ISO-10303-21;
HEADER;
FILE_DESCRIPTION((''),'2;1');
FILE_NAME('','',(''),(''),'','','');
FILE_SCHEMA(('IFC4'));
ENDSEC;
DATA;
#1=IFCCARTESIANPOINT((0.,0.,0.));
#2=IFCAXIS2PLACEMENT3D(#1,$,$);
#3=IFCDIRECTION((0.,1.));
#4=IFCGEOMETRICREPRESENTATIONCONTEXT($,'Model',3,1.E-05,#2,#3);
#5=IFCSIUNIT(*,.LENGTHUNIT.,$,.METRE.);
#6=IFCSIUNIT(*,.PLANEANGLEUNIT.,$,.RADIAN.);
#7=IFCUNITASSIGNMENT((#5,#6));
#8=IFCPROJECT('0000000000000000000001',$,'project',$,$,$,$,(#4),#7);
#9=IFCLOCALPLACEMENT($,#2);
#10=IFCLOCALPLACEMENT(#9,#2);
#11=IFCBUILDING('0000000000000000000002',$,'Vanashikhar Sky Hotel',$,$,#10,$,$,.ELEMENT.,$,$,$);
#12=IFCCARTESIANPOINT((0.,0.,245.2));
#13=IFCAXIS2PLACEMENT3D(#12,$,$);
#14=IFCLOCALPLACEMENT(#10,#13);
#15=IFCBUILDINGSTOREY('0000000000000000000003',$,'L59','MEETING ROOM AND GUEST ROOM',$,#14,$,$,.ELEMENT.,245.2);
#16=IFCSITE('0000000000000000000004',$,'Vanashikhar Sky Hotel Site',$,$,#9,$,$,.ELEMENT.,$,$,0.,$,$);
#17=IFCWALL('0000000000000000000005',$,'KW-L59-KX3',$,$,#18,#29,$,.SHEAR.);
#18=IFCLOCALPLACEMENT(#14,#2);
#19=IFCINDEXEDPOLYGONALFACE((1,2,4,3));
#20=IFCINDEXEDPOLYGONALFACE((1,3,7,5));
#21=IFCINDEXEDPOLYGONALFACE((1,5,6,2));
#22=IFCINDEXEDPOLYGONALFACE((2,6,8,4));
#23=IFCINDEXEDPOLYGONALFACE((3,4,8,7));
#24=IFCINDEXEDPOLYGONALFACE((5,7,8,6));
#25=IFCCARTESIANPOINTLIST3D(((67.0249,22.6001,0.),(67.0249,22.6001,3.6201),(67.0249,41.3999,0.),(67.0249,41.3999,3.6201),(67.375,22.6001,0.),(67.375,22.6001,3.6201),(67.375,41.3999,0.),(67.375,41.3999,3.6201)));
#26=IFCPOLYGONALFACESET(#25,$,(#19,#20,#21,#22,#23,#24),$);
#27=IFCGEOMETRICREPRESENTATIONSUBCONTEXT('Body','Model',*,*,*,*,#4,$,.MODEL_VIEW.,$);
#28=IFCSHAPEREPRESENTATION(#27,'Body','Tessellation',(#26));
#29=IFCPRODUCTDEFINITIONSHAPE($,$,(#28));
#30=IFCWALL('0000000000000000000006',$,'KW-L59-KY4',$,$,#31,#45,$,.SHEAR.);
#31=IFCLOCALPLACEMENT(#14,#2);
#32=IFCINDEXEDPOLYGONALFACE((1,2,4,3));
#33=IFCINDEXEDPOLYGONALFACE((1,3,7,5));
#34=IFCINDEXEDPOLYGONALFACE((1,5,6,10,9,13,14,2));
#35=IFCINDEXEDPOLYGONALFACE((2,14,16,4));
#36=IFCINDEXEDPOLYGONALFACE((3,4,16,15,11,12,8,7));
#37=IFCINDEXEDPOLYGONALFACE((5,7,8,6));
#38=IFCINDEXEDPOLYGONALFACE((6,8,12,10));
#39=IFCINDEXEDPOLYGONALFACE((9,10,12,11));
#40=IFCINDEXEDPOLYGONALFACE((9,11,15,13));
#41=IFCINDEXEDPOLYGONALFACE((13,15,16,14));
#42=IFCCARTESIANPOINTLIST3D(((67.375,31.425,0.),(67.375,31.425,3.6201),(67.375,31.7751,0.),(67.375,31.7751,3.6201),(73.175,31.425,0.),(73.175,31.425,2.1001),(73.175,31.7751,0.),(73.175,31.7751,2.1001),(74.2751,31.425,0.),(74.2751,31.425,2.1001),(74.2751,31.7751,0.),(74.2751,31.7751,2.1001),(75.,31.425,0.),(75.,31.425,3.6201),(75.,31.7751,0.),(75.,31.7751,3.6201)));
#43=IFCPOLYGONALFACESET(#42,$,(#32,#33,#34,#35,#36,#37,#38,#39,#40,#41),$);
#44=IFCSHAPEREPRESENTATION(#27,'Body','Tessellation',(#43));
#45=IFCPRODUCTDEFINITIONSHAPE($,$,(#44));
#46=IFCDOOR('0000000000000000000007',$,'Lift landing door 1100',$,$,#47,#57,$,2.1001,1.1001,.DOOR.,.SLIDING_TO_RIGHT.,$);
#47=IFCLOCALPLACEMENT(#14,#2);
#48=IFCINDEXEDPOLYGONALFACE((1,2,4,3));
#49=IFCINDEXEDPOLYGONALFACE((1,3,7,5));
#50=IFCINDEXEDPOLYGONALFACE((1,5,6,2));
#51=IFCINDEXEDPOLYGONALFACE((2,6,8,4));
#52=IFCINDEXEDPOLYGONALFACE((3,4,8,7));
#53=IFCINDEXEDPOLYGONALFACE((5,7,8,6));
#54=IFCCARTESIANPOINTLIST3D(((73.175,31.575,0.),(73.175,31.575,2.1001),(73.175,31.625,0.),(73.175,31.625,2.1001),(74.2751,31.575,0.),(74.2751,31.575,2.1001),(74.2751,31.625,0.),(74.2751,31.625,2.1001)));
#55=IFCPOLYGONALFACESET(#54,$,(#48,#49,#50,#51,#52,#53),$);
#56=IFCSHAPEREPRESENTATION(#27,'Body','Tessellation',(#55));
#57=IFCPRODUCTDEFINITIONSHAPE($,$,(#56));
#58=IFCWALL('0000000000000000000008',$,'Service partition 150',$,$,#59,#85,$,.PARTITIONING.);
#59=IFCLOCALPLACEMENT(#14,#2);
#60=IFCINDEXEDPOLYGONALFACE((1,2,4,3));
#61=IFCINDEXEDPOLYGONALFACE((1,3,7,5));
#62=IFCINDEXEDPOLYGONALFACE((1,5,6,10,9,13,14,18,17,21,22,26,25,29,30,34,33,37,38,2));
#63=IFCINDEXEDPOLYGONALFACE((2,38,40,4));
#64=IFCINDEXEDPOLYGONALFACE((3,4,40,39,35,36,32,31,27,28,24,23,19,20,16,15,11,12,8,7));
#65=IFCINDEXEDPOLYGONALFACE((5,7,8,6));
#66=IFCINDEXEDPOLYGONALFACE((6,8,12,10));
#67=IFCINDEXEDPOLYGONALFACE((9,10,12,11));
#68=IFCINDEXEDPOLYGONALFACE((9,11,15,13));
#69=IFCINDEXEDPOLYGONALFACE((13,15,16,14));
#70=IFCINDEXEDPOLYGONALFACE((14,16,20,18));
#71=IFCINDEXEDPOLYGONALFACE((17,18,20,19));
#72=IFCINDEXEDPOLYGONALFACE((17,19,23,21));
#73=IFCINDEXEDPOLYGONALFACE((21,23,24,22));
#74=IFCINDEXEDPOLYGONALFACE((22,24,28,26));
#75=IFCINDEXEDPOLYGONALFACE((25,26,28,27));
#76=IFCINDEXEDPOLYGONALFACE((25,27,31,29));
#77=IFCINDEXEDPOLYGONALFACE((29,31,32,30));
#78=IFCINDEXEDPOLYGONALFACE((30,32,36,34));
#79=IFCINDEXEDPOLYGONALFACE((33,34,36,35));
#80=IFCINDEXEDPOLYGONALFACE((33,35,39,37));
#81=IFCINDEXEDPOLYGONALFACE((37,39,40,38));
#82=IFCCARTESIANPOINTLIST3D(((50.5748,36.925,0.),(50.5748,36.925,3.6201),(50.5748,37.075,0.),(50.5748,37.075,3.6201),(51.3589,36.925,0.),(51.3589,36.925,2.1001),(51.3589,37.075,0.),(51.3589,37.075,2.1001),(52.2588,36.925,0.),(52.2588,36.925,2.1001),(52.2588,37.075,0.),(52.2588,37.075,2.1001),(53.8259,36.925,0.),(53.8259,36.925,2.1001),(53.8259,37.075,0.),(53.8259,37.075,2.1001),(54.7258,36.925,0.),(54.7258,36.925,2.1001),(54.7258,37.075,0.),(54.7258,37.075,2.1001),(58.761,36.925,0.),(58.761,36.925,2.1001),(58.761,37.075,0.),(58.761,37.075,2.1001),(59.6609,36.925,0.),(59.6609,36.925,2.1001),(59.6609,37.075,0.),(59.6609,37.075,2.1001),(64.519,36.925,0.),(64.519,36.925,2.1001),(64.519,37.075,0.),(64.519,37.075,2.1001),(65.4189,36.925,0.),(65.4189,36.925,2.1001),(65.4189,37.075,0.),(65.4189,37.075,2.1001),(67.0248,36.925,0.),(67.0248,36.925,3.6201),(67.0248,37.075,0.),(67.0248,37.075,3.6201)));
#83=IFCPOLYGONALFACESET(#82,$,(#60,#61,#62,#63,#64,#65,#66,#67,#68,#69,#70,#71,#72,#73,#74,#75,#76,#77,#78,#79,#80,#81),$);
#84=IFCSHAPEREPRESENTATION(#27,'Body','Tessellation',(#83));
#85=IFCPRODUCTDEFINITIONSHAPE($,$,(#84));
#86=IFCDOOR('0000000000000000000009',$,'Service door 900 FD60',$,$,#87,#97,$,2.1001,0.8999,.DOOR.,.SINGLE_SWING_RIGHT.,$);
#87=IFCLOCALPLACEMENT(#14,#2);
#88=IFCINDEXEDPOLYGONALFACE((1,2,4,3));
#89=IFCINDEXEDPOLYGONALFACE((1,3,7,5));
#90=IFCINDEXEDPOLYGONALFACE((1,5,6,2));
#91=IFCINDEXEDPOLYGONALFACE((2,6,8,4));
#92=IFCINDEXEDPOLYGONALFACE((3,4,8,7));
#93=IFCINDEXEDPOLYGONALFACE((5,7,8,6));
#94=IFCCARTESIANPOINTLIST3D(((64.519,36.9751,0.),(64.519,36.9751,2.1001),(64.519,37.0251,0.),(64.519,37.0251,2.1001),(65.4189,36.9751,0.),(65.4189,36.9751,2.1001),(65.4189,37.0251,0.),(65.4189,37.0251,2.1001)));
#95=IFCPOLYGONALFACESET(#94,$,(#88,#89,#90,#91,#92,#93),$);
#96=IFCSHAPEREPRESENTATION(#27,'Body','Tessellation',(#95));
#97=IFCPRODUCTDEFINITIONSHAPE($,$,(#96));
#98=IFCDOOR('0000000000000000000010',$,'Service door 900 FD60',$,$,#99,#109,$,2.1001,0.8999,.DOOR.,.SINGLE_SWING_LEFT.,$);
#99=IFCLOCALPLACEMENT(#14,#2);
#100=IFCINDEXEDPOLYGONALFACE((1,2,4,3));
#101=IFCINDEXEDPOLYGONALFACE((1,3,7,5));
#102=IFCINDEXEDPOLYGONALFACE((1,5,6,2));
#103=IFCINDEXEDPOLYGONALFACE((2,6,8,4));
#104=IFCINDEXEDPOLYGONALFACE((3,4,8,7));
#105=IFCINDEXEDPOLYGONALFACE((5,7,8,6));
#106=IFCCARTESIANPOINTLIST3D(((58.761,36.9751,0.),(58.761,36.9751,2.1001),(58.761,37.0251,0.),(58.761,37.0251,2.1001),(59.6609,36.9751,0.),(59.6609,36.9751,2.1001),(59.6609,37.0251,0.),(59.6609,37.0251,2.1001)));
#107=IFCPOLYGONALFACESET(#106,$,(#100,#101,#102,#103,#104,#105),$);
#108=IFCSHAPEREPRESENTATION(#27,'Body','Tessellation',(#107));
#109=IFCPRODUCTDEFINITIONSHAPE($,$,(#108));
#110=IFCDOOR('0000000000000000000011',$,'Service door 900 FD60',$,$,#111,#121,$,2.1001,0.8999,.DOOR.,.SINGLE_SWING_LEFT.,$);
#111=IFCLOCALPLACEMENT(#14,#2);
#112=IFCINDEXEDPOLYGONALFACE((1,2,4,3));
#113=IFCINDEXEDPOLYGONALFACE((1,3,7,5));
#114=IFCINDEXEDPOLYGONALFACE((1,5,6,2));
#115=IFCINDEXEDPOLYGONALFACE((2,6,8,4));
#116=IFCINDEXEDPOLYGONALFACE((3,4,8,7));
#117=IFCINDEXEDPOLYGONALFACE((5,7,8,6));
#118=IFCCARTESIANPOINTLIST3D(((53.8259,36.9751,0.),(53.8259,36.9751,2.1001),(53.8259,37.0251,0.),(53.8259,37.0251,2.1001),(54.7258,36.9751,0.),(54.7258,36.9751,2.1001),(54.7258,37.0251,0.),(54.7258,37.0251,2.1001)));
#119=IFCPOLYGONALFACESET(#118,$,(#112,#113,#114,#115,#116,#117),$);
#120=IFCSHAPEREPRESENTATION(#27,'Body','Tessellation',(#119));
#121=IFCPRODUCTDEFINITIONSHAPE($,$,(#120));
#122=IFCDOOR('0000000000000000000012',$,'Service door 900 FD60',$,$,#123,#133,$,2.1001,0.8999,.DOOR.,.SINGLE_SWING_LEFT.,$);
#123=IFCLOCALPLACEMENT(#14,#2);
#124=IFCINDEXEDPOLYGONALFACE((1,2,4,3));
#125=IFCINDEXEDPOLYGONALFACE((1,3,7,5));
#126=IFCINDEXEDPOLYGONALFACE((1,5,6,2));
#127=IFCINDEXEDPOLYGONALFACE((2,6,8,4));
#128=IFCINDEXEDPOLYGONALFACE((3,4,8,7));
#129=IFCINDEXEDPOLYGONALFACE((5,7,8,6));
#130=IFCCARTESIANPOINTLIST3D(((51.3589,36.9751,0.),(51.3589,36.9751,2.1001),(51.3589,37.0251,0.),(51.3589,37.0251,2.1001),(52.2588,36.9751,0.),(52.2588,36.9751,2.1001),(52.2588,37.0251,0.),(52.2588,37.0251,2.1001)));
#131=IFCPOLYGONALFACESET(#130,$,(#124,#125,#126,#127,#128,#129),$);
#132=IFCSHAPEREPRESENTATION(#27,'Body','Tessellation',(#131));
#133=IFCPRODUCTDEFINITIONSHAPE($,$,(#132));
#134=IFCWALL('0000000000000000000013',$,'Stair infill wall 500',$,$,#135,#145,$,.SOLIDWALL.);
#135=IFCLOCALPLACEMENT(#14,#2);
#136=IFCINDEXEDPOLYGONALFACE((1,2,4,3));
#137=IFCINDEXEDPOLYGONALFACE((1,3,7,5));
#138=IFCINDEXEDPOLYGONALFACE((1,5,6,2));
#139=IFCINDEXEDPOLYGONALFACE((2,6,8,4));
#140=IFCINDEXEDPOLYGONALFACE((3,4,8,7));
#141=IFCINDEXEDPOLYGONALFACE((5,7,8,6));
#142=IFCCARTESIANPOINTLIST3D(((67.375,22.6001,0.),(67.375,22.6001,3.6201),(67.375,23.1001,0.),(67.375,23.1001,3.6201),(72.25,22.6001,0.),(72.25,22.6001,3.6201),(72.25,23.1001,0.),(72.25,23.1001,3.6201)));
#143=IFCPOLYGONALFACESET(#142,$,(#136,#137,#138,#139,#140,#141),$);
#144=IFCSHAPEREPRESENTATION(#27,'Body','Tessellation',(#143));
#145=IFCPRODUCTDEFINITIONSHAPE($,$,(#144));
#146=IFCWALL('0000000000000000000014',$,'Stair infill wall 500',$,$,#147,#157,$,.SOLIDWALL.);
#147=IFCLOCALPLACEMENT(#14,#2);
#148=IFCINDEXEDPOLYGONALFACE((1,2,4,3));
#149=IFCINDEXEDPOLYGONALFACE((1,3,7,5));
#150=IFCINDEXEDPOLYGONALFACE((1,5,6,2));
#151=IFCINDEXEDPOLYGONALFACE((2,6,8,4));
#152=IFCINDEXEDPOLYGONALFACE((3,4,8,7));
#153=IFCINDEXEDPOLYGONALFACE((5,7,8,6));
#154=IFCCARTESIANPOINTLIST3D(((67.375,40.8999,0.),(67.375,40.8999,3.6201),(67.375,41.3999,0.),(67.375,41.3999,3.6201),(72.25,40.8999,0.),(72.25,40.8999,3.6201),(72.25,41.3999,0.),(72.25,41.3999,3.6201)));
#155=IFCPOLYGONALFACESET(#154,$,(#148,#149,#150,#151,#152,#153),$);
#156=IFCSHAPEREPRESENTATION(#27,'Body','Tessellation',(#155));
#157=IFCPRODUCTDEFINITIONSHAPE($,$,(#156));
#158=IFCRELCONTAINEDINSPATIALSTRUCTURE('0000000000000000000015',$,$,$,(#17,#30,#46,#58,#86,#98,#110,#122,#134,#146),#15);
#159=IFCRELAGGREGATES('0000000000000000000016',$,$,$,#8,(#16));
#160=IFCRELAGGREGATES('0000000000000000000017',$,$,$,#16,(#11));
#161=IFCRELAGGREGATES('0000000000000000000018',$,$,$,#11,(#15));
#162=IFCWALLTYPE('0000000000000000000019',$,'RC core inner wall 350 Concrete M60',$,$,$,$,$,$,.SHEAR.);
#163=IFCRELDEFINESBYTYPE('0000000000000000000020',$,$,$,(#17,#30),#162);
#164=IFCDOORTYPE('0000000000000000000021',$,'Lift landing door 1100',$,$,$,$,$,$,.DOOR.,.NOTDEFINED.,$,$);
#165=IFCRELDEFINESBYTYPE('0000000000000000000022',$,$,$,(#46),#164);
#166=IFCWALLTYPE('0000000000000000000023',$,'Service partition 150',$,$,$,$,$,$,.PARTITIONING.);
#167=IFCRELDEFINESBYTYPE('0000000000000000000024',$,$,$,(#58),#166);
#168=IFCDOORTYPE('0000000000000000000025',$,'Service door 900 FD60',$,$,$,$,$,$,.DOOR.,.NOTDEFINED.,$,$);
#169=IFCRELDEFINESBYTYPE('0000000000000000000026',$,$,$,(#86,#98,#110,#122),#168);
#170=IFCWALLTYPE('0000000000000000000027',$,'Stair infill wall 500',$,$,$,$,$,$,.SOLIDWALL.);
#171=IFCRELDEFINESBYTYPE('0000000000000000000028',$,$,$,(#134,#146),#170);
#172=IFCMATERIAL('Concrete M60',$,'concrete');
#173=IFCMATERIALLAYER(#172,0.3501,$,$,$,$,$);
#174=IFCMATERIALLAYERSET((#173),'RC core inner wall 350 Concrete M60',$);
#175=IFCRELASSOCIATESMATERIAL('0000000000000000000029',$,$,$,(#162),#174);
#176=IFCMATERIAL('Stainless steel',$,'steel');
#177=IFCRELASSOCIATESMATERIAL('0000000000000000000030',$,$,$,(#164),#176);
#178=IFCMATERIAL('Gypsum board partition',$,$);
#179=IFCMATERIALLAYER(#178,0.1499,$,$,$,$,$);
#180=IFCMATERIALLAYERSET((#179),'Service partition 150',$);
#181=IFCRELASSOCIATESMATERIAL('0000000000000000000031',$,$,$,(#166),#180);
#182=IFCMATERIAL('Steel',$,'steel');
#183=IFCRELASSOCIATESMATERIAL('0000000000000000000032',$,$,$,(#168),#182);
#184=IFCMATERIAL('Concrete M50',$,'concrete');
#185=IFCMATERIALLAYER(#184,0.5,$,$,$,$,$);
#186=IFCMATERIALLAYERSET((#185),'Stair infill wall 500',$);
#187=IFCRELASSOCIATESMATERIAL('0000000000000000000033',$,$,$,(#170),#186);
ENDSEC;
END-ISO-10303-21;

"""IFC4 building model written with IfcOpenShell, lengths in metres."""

from ifc_helpers import new_model, si_unit, direction, frame, frame_2d, origin, place, context, subcontext, project, spatial, rectangle, extrude, source, transform, mapped, material, layer, layer_set, type_object, element, fill, save


model = new_model("IFC4")

# Units and contexts
model_context = context("Model", 3, precision=1e-05, world=origin(), true_north=direction((0.0, 1.0)))
body_context = subcontext(model_context, "Body", "Model", "MODEL_VIEW")
ifc_project = project(units=[si_unit("LENGTHUNIT", "METRE"), si_unit("PLANEANGLEUNIT", "RADIAN")], contexts=[model_context])

# Site, building, storey
site_placement = place(None, origin())
site = spatial("IfcSite", under=ifc_project, at=site_placement, Name="Vanashikhar Sky Hotel Site", CompositionType="ELEMENT", RefElevation=0.0)
building_placement = place(site_placement, origin())
building = spatial("IfcBuilding", under=site, at=building_placement, Name="Vanashikhar Sky Hotel", CompositionType="ELEMENT")
storey_placement = place(building_placement, frame((0.0, 0.0, 245.2)))
storey = spatial("IfcBuildingStorey", under=building, at=storey_placement, Name="L59", Description="MEETING ROOM AND GUEST ROOM", CompositionType="ELEMENT", Elevation=245.2)

# Wall
ifc_material_1 = material(Name="Concrete M60", Category="concrete")
ifc_layer_1 = layer(ifc_material_1, 0.3501)
ifc_layer_set_1 = layer_set([ifc_layer_1], Name="RC core inner wall 350 Concrete M60")
wall_type_1 = type_object("IfcWallType", Name="RC core inner wall 350 Concrete M60", PredefinedType="SHEAR", material=ifc_layer_set_1)
shared_shape_1 = source(origin(), body_context, "Body", "SweptSolid", [
    extrude(rectangle(XDim=18.7998, YDim=0.3501, at=frame_2d((9.3999, 0.0))), origin(), (0.0, 0.0, 1.0), 3.6201),
])
wall_1_placement = place(storey_placement, frame((67.2, 22.6001, 0.0), z_axis=(0.0, 0.0, 1.0), x_axis=(0.0, 1.0, 0.0)))
element("IfcWall", 1, at=wall_1_placement, inside=storey, type_object=wall_type_1, Name="KW-L59-KX3", PredefinedType="SHEAR", context=body_context, shape_type="MappedRepresentation", body=[
    mapped(shared_shape_1, transform((0.0, 0.0, 0.0), scale=1.0)),
])

# Wall, opening, door
shared_shape_2 = source(origin(), body_context, "Body", "SweptSolid", [
    extrude(rectangle(XDim=7.625, YDim=0.3501, at=frame_2d((3.8125, 0.0))), origin(), (0.0, 0.0, 1.0), 3.6201),
])
wall_2_placement = place(storey_placement, frame((67.375, 31.6001, 0.0), z_axis=(0.0, 0.0, 1.0), x_axis=(1.0, 0.0, 0.0)))
wall_2 = element("IfcWall", 2, at=wall_2_placement, inside=storey, type_object=wall_type_1, Name="KW-L59-KY4", PredefinedType="SHEAR", context=body_context, shape_type="MappedRepresentation", body=[
    mapped(shared_shape_2, transform((0.0, 0.0, 0.0), scale=1.0)),
])
shared_shape_3 = source(origin(), body_context, "Body", "SweptSolid", [
    extrude(rectangle(XDim=1.1001, YDim=2.1001, at=frame_2d((0.55, 1.05))), frame((0.0, 0.1851, 0.0), z_axis=(0.0, -1.0, 0.0), x_axis=(1.0, 0.0, 0.0)), (0.0, 0.0, 1.0), 0.3701),
])
opening_1_placement = place(wall_2_placement, frame((5.8, 0.0, 0.0)))
opening_1 = element("IfcOpeningElement", 3, at=opening_1_placement, cuts=wall_2, PredefinedType="OPENING", context=body_context, shape_type="MappedRepresentation", body=[
    mapped(shared_shape_3, transform((0.0, 0.0, 0.0), scale=1.0)),
])
ifc_material_2 = material(Name="Stainless steel", Category="steel")
door_type_1 = type_object("IfcDoorType", Name="Lift landing door 1100", OperationType="NOTDEFINED", PredefinedType="DOOR", material=ifc_material_2)
shared_shape_4 = source(origin(), body_context, "Body", "SweptSolid", [
    extrude(rectangle(XDim=1.1001, YDim=2.1001, at=frame_2d((0.55, 1.05))), frame((0.0, 0.0249, 0.0), z_axis=(0.0, -1.0, 0.0), x_axis=(1.0, 0.0, 0.0)), (0.0, 0.0, 1.0), 0.05),
])
door_1_placement = place(opening_1_placement, origin())
door_1 = element("IfcDoor", 4, at=door_1_placement, inside=storey, type_object=door_type_1, Name="Lift landing door 1100", OperationType="SLIDING_TO_RIGHT", OverallHeight=2.1001, OverallWidth=1.1001, PredefinedType="DOOR", context=body_context, shape_type="MappedRepresentation", body=[
    mapped(shared_shape_4, transform((0.0, 0.0, 0.0), scale=1.0)),
])
fill(opening_1, door_1)

# Wall, openings, doors
ifc_material_3 = material(Name="Gypsum board partition")
ifc_layer_2 = layer(ifc_material_3, 0.1499)
ifc_layer_set_2 = layer_set([ifc_layer_2], Name="Service partition 150")
wall_type_2 = type_object("IfcWallType", Name="Service partition 150", PredefinedType="PARTITIONING", material=ifc_layer_set_2)
shared_shape_5 = source(origin(), body_context, "Body", "SweptSolid", [
    extrude(rectangle(XDim=16.45, YDim=0.1499, at=frame_2d((8.2251, 0.0))), origin(), (0.0, 0.0, 1.0), 3.6201),
])
wall_3_placement = place(storey_placement, frame((67.0249, 37.0, 0.0), z_axis=(0.0, 0.0, 1.0), x_axis=(-1.0, 0.0, 0.0)))
wall_3 = element("IfcWall", 5, at=wall_3_placement, inside=storey, type_object=wall_type_2, Name="Service partition 150", PredefinedType="PARTITIONING", context=body_context, shape_type="MappedRepresentation", body=[
    mapped(shared_shape_5, transform((0.0, 0.0, 0.0), scale=1.0)),
])
shared_shape_6 = source(origin(), body_context, "Body", "SweptSolid", [
    extrude(rectangle(XDim=0.8999, YDim=2.1001, at=frame_2d((0.45, 1.05))), frame((0.0, 0.085, 0.0), z_axis=(0.0, -1.0, 0.0), x_axis=(1.0, 0.0, 0.0)), (0.0, 0.0, 1.0), 0.1699),
])
opening_2_placement = place(wall_3_placement, frame((1.606, 0.0, 0.0)))
opening_2 = element("IfcOpeningElement", 6, at=opening_2_placement, cuts=wall_3, PredefinedType="OPENING", context=body_context, shape_type="MappedRepresentation", body=[
    mapped(shared_shape_6, transform((0.0, 0.0, 0.0), scale=1.0)),
])
opening_3_placement = place(wall_3_placement, frame((7.364, 0.0, 0.0)))
opening_3 = element("IfcOpeningElement", 7, at=opening_3_placement, cuts=wall_3, PredefinedType="OPENING", context=body_context, shape_type="MappedRepresentation", body=[
    mapped(shared_shape_6, transform((0.0, 0.0, 0.0), scale=1.0)),
])
opening_4_placement = place(wall_3_placement, frame((12.2991, 0.0, 0.0)))
opening_4 = element("IfcOpeningElement", 8, at=opening_4_placement, cuts=wall_3, PredefinedType="OPENING", context=body_context, shape_type="MappedRepresentation", body=[
    mapped(shared_shape_6, transform((0.0, 0.0, 0.0), scale=1.0)),
])
opening_5_placement = place(wall_3_placement, frame((14.7661, 0.0, 0.0)))
opening_5 = element("IfcOpeningElement", 9, at=opening_5_placement, cuts=wall_3, PredefinedType="OPENING", context=body_context, shape_type="MappedRepresentation", body=[
    mapped(shared_shape_6, transform((0.0, 0.0, 0.0), scale=1.0)),
])
ifc_material_4 = material(Name="Steel", Category="steel")
door_type_2 = type_object("IfcDoorType", Name="Service door 900 FD60", OperationType="NOTDEFINED", PredefinedType="DOOR", material=ifc_material_4)
shared_shape_7 = source(origin(), body_context, "Body", "SweptSolid", [
    extrude(rectangle(XDim=0.8999, YDim=2.1001, at=frame_2d((0.45, 1.05))), frame((0.0, 0.0249, 0.0), z_axis=(0.0, -1.0, 0.0), x_axis=(1.0, 0.0, 0.0)), (0.0, 0.0, 1.0), 0.05),
])
door_2_placement = place(opening_2_placement, origin())
door_2 = element("IfcDoor", 10, at=door_2_placement, inside=storey, type_object=door_type_2, Name="Service door 900 FD60", OperationType="SINGLE_SWING_RIGHT", OverallHeight=2.1001, OverallWidth=0.8999, PredefinedType="DOOR", context=body_context, shape_type="MappedRepresentation", body=[
    mapped(shared_shape_7, transform((0.0, 0.0, 0.0), scale=1.0)),
])
fill(opening_2, door_2)
door_3_placement = place(opening_3_placement, origin())
door_3 = element("IfcDoor", 11, at=door_3_placement, inside=storey, type_object=door_type_2, Name="Service door 900 FD60", OperationType="SINGLE_SWING_LEFT", OverallHeight=2.1001, OverallWidth=0.8999, PredefinedType="DOOR", context=body_context, shape_type="MappedRepresentation", body=[
    mapped(shared_shape_7, transform((0.0, 0.0, 0.0), scale=1.0)),
])
fill(opening_3, door_3)
door_4_placement = place(opening_4_placement, origin())
door_4 = element("IfcDoor", 12, at=door_4_placement, inside=storey, type_object=door_type_2, Name="Service door 900 FD60", OperationType="SINGLE_SWING_LEFT", OverallHeight=2.1001, OverallWidth=0.8999, PredefinedType="DOOR", context=body_context, shape_type="MappedRepresentation", body=[
    mapped(shared_shape_7, transform((0.0, 0.0, 0.0), scale=1.0)),
])
fill(opening_4, door_4)
door_5_placement = place(opening_5_placement, origin())
door_5 = element("IfcDoor", 13, at=door_5_placement, inside=storey, type_object=door_type_2, Name="Service door 900 FD60", OperationType="SINGLE_SWING_LEFT", OverallHeight=2.1001, OverallWidth=0.8999, PredefinedType="DOOR", context=body_context, shape_type="MappedRepresentation", body=[
    mapped(shared_shape_7, transform((0.0, 0.0, 0.0), scale=1.0)),
])
fill(opening_5, door_5)

# Walls
ifc_material_5 = material(Name="Concrete M50", Category="concrete")
ifc_layer_3 = layer(ifc_material_5, 0.5)
ifc_layer_set_3 = layer_set([ifc_layer_3], Name="Stair infill wall 500")
wall_type_3 = type_object("IfcWallType", Name="Stair infill wall 500", PredefinedType="SOLIDWALL", material=ifc_layer_set_3)
shared_shape_8 = source(origin(), body_context, "Body", "SweptSolid", [
    extrude(rectangle(XDim=4.875, YDim=0.5, at=frame_2d((2.4375, 0.0))), origin(), (0.0, 0.0, 1.0), 3.6201),
])
for number, where, z_axis, x_axis, name in (
    (14, (67.375, 22.8501, 0.0), (0.0, 0.0, 1.0), (1.0, 0.0, 0.0), "Stair infill wall 500"),
    (15, (67.375, 41.1499, 0.0), (0.0, 0.0, 1.0), (1.0, 0.0, 0.0), "Stair infill wall 500"),
):
    element("IfcWall", number, at=place(storey_placement, frame(where, z_axis=z_axis, x_axis=x_axis)), inside=storey, type_object=wall_type_3, Name=name, PredefinedType="SOLIDWALL", context=body_context, shape_type="MappedRepresentation", body=[
        mapped(shared_shape_8, transform((0.0, 0.0, 0.0), scale=1.0)),
    ])

save(model, "model.ifc")
